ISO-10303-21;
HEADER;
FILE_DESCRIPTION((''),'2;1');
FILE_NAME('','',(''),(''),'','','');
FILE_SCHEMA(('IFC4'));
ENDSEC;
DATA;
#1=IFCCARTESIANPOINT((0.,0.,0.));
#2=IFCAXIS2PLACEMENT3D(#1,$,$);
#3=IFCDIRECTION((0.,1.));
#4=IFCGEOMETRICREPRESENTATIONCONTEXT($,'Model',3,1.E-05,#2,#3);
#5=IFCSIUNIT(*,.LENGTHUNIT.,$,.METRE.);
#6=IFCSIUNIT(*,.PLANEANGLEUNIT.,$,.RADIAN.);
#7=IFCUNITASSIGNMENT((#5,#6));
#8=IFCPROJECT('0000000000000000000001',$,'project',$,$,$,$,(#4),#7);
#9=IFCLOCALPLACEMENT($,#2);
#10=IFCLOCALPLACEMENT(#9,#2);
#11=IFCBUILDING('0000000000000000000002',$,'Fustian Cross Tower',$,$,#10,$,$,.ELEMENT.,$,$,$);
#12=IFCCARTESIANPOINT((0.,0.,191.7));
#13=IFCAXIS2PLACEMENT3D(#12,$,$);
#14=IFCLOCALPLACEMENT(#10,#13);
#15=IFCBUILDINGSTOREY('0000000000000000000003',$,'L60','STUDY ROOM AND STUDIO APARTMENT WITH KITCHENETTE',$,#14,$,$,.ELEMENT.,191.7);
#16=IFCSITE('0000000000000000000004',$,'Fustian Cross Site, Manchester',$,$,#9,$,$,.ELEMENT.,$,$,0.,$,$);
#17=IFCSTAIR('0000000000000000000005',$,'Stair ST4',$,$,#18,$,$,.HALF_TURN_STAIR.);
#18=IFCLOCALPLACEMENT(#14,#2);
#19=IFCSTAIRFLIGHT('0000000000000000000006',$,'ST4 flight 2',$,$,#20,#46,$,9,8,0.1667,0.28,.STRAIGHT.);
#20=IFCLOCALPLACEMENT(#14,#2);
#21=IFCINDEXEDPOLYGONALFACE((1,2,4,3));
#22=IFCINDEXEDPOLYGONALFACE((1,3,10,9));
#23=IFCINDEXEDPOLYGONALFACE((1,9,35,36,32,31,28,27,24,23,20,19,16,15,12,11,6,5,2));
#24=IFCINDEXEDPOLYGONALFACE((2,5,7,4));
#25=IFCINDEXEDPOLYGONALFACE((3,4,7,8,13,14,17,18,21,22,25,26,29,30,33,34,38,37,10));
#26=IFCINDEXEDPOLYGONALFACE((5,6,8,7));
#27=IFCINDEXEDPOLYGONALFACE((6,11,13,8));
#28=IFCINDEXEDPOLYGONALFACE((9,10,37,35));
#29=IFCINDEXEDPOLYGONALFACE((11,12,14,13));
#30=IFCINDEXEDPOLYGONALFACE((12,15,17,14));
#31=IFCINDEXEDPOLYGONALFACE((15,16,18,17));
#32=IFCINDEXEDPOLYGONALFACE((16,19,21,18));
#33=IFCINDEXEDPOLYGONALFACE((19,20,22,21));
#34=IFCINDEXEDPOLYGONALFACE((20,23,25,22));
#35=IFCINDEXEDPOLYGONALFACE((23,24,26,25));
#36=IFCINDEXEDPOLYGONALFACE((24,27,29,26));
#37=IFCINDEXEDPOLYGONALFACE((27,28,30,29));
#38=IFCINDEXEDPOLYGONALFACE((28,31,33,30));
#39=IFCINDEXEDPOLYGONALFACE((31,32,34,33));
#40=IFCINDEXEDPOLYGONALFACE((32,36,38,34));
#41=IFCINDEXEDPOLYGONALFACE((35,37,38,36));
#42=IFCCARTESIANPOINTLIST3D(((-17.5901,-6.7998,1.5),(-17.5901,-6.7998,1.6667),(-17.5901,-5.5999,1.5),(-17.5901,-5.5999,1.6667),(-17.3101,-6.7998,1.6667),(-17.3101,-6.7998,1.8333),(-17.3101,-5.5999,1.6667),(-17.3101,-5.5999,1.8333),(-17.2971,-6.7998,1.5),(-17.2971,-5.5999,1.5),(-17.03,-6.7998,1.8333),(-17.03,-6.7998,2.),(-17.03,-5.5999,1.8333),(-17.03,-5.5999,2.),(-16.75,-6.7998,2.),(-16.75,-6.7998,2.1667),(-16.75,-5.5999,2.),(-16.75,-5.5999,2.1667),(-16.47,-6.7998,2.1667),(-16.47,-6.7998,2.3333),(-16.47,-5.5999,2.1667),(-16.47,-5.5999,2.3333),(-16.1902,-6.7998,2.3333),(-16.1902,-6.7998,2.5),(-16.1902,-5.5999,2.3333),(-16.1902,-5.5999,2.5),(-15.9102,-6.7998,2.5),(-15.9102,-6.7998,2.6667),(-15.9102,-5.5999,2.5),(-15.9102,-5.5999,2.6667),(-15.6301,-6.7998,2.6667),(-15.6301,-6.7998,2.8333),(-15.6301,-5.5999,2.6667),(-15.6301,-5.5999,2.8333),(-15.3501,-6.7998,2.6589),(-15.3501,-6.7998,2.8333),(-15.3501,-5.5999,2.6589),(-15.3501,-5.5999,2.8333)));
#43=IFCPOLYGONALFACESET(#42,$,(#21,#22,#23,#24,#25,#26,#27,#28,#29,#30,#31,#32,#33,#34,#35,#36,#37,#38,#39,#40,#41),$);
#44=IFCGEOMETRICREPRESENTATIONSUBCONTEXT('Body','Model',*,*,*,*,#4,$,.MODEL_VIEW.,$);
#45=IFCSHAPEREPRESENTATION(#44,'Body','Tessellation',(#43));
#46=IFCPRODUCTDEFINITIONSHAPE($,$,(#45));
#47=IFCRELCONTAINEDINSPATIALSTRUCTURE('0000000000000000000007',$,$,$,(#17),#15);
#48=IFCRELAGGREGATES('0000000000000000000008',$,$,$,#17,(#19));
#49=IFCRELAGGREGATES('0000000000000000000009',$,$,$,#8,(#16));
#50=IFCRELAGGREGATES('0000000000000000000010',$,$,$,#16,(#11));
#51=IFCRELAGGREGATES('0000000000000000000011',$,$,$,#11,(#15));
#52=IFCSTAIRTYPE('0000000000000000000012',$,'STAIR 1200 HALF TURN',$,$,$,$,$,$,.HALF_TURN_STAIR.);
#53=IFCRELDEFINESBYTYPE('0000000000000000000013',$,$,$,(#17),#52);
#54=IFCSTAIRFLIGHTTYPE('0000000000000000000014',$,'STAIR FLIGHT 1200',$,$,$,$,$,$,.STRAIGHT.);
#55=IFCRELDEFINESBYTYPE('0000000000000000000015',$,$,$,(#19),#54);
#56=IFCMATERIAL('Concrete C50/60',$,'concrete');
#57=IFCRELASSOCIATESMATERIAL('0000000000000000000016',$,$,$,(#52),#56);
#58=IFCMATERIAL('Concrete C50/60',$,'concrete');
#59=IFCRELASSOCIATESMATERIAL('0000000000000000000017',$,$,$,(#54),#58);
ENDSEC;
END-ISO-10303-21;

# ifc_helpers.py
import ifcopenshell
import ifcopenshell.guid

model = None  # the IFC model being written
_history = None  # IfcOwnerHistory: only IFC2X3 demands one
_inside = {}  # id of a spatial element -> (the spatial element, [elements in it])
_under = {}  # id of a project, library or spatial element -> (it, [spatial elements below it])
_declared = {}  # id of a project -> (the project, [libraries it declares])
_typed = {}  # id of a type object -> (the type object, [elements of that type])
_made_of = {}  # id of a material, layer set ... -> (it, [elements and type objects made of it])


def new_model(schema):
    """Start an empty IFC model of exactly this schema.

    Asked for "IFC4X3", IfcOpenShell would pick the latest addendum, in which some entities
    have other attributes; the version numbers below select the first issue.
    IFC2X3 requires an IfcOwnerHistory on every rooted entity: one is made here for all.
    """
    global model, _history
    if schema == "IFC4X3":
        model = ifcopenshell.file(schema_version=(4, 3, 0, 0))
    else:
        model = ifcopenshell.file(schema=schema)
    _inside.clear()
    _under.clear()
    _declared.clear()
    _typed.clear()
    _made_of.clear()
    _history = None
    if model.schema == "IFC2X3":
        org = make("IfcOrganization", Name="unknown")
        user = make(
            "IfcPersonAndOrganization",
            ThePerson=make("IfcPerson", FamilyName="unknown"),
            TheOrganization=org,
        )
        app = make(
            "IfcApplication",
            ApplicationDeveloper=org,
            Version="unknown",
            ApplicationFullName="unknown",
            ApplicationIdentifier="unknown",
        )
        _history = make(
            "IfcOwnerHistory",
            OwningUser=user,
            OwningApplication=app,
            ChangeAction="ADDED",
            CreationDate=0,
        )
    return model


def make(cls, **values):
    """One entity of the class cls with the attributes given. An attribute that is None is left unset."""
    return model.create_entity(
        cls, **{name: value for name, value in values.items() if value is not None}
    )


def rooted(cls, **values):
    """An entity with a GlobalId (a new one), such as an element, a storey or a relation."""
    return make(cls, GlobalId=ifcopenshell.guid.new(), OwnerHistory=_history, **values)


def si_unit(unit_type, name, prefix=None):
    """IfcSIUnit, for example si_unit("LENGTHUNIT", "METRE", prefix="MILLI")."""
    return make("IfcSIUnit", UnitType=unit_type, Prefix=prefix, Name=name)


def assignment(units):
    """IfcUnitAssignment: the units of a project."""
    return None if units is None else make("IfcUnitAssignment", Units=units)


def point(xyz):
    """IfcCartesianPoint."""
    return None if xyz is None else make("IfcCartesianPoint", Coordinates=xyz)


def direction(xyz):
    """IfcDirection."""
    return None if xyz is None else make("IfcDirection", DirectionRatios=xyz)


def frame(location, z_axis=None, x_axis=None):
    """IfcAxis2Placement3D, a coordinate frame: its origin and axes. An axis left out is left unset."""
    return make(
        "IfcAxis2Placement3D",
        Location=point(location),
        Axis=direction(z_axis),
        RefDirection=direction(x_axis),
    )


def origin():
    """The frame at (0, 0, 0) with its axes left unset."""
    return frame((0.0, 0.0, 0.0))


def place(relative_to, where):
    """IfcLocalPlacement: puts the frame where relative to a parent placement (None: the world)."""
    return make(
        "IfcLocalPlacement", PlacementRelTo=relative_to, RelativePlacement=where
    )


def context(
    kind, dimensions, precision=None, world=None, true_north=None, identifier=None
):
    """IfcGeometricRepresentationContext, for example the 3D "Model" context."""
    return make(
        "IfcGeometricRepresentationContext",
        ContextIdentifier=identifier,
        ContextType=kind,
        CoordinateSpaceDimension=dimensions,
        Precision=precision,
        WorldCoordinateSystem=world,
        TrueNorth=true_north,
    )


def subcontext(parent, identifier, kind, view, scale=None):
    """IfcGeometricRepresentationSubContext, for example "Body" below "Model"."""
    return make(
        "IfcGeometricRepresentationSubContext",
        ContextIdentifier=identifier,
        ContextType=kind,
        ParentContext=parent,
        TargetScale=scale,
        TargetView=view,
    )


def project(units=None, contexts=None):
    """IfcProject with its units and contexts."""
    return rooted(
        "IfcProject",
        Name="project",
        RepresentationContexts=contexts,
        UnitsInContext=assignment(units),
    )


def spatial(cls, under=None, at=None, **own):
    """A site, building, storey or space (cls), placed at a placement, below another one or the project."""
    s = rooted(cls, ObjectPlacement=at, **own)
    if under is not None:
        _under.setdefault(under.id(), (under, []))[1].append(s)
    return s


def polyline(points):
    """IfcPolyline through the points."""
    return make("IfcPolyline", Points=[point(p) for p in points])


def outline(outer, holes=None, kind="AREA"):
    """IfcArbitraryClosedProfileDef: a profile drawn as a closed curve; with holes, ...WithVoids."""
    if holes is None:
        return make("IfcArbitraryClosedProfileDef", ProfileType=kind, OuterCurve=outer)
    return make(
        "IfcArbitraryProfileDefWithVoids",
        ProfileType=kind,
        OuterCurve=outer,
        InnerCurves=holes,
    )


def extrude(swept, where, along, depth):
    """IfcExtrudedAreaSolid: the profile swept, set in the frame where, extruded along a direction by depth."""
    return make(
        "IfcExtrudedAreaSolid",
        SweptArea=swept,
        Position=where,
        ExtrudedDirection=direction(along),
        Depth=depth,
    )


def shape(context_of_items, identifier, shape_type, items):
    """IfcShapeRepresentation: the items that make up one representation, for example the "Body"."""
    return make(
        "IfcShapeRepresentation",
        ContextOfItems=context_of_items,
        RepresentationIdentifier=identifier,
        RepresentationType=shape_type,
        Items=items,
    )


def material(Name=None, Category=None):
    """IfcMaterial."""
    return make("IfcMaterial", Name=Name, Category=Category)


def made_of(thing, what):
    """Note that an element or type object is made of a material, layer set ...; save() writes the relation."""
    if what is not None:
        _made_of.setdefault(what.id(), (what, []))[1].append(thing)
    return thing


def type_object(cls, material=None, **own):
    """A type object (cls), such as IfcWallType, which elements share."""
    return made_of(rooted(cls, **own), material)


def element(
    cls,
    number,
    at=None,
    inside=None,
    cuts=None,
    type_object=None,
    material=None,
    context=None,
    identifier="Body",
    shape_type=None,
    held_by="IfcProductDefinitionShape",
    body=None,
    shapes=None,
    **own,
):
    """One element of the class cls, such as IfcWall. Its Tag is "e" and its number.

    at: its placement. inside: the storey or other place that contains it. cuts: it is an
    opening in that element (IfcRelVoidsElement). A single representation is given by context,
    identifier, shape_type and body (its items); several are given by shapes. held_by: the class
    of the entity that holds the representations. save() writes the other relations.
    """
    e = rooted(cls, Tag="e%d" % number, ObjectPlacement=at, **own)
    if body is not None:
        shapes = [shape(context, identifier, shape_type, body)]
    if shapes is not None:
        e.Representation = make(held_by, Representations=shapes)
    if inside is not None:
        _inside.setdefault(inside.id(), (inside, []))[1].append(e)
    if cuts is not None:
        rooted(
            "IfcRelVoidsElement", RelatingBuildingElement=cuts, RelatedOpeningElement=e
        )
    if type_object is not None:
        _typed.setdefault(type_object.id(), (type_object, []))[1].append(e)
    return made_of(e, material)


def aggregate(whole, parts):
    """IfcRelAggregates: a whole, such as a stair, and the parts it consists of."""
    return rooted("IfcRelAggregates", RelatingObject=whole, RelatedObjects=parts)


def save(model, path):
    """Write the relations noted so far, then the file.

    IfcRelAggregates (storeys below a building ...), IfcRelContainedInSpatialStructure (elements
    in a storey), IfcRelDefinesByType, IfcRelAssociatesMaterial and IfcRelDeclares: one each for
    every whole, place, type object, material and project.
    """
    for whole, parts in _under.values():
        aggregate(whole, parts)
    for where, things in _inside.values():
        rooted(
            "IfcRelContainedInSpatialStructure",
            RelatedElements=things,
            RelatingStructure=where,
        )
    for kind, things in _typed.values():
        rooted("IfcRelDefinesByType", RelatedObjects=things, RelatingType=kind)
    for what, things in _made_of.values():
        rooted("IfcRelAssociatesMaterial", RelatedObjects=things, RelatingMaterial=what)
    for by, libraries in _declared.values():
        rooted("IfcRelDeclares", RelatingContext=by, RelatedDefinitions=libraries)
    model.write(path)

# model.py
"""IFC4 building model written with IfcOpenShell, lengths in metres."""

from ifc_helpers import new_model, si_unit, direction, frame, origin, place, context, subcontext, project, spatial, polyline, outline, extrude, material, type_object, element, aggregate, save


model = new_model("IFC4")

# Units and contexts
model_context = context("Model", 3, precision=1e-05, world=origin(), true_north=direction((0.0, 1.0)))
body_context = subcontext(model_context, "Body", "Model", "MODEL_VIEW")
ifc_project = project(units=[si_unit("LENGTHUNIT", "METRE"), si_unit("PLANEANGLEUNIT", "RADIAN")], contexts=[model_context])

# Site, building, storey
site_placement = place(None, origin())
site = spatial("IfcSite", under=ifc_project, at=site_placement, Name="Fustian Cross Site, Manchester", CompositionType="ELEMENT", RefElevation=0.0)
building_placement = place(site_placement, origin())
building = spatial("IfcBuilding", under=site, at=building_placement, Name="Fustian Cross Tower", CompositionType="ELEMENT")
storey_placement = place(building_placement, frame((0.0, 0.0, 191.7)))
storey = spatial("IfcBuildingStorey", under=building, at=storey_placement, Name="L60", Description="STUDY ROOM AND STUDIO APARTMENT WITH KITCHENETTE", CompositionType="ELEMENT", Elevation=191.7)

# Stair, stair flight
ifc_material_1 = material(Name="Concrete C50/60", Category="concrete")
stair_type = type_object("IfcStairType", Name="STAIR 1200 HALF TURN", PredefinedType="HALF_TURN_STAIR", material=ifc_material_1)
stair_placement = place(storey_placement, origin())
stair = element("IfcStair", 1, at=stair_placement, inside=storey, type_object=stair_type, Name="Stair ST4", PredefinedType="HALF_TURN_STAIR")
ifc_material_2 = material(Name="Concrete C50/60", Category="concrete")
stair_flight_type = type_object("IfcStairFlightType", Name="STAIR FLIGHT 1200", PredefinedType="STRAIGHT", material=ifc_material_2)
stair_flight_1_placement = place(storey_placement, frame((-17.5901, -6.2, 1.5), z_axis=(0.0, 0.0, 1.0), x_axis=(1.0, 0.0, 0.0)))
stair_flight_1 = element("IfcStairFlight", 2, at=stair_flight_1_placement, type_object=stair_flight_type, Name="ST4 flight 2", NumberOfRisers=9, NumberOfTreads=8, PredefinedType="STRAIGHT", RiserHeight=0.1667, TreadLength=0.28, context=body_context, shape_type="SweptSolid", body=[
    extrude(outline(polyline([(0.0, 0.0), (0.0, 0.1667), (0.28, 0.1667), (0.28, 0.3333), (0.5601, 0.3333), (0.5601, 0.5), (0.8401, 0.5), (0.8401, 0.6667), (1.1201, 0.6667), (1.1201, 0.8333), (1.3999, 0.8333), (1.3999, 1.0), (1.6799, 1.0), (1.6799, 1.1667), (1.96, 1.1667), (1.96, 1.3333), (2.24, 1.3333), (2.24, 1.5), (2.24, 1.1589), (0.293, 0.0), (0.0, 0.0)])), frame((0.0, 0.6001, 0.0), z_axis=(0.0, -1.0, 0.0), x_axis=(1.0, 0.0, 0.0)), (0.0, 0.0, 1.0), 1.2),
])
aggregate(stair, [stair_flight_1])

save(model, "model.ifc")
